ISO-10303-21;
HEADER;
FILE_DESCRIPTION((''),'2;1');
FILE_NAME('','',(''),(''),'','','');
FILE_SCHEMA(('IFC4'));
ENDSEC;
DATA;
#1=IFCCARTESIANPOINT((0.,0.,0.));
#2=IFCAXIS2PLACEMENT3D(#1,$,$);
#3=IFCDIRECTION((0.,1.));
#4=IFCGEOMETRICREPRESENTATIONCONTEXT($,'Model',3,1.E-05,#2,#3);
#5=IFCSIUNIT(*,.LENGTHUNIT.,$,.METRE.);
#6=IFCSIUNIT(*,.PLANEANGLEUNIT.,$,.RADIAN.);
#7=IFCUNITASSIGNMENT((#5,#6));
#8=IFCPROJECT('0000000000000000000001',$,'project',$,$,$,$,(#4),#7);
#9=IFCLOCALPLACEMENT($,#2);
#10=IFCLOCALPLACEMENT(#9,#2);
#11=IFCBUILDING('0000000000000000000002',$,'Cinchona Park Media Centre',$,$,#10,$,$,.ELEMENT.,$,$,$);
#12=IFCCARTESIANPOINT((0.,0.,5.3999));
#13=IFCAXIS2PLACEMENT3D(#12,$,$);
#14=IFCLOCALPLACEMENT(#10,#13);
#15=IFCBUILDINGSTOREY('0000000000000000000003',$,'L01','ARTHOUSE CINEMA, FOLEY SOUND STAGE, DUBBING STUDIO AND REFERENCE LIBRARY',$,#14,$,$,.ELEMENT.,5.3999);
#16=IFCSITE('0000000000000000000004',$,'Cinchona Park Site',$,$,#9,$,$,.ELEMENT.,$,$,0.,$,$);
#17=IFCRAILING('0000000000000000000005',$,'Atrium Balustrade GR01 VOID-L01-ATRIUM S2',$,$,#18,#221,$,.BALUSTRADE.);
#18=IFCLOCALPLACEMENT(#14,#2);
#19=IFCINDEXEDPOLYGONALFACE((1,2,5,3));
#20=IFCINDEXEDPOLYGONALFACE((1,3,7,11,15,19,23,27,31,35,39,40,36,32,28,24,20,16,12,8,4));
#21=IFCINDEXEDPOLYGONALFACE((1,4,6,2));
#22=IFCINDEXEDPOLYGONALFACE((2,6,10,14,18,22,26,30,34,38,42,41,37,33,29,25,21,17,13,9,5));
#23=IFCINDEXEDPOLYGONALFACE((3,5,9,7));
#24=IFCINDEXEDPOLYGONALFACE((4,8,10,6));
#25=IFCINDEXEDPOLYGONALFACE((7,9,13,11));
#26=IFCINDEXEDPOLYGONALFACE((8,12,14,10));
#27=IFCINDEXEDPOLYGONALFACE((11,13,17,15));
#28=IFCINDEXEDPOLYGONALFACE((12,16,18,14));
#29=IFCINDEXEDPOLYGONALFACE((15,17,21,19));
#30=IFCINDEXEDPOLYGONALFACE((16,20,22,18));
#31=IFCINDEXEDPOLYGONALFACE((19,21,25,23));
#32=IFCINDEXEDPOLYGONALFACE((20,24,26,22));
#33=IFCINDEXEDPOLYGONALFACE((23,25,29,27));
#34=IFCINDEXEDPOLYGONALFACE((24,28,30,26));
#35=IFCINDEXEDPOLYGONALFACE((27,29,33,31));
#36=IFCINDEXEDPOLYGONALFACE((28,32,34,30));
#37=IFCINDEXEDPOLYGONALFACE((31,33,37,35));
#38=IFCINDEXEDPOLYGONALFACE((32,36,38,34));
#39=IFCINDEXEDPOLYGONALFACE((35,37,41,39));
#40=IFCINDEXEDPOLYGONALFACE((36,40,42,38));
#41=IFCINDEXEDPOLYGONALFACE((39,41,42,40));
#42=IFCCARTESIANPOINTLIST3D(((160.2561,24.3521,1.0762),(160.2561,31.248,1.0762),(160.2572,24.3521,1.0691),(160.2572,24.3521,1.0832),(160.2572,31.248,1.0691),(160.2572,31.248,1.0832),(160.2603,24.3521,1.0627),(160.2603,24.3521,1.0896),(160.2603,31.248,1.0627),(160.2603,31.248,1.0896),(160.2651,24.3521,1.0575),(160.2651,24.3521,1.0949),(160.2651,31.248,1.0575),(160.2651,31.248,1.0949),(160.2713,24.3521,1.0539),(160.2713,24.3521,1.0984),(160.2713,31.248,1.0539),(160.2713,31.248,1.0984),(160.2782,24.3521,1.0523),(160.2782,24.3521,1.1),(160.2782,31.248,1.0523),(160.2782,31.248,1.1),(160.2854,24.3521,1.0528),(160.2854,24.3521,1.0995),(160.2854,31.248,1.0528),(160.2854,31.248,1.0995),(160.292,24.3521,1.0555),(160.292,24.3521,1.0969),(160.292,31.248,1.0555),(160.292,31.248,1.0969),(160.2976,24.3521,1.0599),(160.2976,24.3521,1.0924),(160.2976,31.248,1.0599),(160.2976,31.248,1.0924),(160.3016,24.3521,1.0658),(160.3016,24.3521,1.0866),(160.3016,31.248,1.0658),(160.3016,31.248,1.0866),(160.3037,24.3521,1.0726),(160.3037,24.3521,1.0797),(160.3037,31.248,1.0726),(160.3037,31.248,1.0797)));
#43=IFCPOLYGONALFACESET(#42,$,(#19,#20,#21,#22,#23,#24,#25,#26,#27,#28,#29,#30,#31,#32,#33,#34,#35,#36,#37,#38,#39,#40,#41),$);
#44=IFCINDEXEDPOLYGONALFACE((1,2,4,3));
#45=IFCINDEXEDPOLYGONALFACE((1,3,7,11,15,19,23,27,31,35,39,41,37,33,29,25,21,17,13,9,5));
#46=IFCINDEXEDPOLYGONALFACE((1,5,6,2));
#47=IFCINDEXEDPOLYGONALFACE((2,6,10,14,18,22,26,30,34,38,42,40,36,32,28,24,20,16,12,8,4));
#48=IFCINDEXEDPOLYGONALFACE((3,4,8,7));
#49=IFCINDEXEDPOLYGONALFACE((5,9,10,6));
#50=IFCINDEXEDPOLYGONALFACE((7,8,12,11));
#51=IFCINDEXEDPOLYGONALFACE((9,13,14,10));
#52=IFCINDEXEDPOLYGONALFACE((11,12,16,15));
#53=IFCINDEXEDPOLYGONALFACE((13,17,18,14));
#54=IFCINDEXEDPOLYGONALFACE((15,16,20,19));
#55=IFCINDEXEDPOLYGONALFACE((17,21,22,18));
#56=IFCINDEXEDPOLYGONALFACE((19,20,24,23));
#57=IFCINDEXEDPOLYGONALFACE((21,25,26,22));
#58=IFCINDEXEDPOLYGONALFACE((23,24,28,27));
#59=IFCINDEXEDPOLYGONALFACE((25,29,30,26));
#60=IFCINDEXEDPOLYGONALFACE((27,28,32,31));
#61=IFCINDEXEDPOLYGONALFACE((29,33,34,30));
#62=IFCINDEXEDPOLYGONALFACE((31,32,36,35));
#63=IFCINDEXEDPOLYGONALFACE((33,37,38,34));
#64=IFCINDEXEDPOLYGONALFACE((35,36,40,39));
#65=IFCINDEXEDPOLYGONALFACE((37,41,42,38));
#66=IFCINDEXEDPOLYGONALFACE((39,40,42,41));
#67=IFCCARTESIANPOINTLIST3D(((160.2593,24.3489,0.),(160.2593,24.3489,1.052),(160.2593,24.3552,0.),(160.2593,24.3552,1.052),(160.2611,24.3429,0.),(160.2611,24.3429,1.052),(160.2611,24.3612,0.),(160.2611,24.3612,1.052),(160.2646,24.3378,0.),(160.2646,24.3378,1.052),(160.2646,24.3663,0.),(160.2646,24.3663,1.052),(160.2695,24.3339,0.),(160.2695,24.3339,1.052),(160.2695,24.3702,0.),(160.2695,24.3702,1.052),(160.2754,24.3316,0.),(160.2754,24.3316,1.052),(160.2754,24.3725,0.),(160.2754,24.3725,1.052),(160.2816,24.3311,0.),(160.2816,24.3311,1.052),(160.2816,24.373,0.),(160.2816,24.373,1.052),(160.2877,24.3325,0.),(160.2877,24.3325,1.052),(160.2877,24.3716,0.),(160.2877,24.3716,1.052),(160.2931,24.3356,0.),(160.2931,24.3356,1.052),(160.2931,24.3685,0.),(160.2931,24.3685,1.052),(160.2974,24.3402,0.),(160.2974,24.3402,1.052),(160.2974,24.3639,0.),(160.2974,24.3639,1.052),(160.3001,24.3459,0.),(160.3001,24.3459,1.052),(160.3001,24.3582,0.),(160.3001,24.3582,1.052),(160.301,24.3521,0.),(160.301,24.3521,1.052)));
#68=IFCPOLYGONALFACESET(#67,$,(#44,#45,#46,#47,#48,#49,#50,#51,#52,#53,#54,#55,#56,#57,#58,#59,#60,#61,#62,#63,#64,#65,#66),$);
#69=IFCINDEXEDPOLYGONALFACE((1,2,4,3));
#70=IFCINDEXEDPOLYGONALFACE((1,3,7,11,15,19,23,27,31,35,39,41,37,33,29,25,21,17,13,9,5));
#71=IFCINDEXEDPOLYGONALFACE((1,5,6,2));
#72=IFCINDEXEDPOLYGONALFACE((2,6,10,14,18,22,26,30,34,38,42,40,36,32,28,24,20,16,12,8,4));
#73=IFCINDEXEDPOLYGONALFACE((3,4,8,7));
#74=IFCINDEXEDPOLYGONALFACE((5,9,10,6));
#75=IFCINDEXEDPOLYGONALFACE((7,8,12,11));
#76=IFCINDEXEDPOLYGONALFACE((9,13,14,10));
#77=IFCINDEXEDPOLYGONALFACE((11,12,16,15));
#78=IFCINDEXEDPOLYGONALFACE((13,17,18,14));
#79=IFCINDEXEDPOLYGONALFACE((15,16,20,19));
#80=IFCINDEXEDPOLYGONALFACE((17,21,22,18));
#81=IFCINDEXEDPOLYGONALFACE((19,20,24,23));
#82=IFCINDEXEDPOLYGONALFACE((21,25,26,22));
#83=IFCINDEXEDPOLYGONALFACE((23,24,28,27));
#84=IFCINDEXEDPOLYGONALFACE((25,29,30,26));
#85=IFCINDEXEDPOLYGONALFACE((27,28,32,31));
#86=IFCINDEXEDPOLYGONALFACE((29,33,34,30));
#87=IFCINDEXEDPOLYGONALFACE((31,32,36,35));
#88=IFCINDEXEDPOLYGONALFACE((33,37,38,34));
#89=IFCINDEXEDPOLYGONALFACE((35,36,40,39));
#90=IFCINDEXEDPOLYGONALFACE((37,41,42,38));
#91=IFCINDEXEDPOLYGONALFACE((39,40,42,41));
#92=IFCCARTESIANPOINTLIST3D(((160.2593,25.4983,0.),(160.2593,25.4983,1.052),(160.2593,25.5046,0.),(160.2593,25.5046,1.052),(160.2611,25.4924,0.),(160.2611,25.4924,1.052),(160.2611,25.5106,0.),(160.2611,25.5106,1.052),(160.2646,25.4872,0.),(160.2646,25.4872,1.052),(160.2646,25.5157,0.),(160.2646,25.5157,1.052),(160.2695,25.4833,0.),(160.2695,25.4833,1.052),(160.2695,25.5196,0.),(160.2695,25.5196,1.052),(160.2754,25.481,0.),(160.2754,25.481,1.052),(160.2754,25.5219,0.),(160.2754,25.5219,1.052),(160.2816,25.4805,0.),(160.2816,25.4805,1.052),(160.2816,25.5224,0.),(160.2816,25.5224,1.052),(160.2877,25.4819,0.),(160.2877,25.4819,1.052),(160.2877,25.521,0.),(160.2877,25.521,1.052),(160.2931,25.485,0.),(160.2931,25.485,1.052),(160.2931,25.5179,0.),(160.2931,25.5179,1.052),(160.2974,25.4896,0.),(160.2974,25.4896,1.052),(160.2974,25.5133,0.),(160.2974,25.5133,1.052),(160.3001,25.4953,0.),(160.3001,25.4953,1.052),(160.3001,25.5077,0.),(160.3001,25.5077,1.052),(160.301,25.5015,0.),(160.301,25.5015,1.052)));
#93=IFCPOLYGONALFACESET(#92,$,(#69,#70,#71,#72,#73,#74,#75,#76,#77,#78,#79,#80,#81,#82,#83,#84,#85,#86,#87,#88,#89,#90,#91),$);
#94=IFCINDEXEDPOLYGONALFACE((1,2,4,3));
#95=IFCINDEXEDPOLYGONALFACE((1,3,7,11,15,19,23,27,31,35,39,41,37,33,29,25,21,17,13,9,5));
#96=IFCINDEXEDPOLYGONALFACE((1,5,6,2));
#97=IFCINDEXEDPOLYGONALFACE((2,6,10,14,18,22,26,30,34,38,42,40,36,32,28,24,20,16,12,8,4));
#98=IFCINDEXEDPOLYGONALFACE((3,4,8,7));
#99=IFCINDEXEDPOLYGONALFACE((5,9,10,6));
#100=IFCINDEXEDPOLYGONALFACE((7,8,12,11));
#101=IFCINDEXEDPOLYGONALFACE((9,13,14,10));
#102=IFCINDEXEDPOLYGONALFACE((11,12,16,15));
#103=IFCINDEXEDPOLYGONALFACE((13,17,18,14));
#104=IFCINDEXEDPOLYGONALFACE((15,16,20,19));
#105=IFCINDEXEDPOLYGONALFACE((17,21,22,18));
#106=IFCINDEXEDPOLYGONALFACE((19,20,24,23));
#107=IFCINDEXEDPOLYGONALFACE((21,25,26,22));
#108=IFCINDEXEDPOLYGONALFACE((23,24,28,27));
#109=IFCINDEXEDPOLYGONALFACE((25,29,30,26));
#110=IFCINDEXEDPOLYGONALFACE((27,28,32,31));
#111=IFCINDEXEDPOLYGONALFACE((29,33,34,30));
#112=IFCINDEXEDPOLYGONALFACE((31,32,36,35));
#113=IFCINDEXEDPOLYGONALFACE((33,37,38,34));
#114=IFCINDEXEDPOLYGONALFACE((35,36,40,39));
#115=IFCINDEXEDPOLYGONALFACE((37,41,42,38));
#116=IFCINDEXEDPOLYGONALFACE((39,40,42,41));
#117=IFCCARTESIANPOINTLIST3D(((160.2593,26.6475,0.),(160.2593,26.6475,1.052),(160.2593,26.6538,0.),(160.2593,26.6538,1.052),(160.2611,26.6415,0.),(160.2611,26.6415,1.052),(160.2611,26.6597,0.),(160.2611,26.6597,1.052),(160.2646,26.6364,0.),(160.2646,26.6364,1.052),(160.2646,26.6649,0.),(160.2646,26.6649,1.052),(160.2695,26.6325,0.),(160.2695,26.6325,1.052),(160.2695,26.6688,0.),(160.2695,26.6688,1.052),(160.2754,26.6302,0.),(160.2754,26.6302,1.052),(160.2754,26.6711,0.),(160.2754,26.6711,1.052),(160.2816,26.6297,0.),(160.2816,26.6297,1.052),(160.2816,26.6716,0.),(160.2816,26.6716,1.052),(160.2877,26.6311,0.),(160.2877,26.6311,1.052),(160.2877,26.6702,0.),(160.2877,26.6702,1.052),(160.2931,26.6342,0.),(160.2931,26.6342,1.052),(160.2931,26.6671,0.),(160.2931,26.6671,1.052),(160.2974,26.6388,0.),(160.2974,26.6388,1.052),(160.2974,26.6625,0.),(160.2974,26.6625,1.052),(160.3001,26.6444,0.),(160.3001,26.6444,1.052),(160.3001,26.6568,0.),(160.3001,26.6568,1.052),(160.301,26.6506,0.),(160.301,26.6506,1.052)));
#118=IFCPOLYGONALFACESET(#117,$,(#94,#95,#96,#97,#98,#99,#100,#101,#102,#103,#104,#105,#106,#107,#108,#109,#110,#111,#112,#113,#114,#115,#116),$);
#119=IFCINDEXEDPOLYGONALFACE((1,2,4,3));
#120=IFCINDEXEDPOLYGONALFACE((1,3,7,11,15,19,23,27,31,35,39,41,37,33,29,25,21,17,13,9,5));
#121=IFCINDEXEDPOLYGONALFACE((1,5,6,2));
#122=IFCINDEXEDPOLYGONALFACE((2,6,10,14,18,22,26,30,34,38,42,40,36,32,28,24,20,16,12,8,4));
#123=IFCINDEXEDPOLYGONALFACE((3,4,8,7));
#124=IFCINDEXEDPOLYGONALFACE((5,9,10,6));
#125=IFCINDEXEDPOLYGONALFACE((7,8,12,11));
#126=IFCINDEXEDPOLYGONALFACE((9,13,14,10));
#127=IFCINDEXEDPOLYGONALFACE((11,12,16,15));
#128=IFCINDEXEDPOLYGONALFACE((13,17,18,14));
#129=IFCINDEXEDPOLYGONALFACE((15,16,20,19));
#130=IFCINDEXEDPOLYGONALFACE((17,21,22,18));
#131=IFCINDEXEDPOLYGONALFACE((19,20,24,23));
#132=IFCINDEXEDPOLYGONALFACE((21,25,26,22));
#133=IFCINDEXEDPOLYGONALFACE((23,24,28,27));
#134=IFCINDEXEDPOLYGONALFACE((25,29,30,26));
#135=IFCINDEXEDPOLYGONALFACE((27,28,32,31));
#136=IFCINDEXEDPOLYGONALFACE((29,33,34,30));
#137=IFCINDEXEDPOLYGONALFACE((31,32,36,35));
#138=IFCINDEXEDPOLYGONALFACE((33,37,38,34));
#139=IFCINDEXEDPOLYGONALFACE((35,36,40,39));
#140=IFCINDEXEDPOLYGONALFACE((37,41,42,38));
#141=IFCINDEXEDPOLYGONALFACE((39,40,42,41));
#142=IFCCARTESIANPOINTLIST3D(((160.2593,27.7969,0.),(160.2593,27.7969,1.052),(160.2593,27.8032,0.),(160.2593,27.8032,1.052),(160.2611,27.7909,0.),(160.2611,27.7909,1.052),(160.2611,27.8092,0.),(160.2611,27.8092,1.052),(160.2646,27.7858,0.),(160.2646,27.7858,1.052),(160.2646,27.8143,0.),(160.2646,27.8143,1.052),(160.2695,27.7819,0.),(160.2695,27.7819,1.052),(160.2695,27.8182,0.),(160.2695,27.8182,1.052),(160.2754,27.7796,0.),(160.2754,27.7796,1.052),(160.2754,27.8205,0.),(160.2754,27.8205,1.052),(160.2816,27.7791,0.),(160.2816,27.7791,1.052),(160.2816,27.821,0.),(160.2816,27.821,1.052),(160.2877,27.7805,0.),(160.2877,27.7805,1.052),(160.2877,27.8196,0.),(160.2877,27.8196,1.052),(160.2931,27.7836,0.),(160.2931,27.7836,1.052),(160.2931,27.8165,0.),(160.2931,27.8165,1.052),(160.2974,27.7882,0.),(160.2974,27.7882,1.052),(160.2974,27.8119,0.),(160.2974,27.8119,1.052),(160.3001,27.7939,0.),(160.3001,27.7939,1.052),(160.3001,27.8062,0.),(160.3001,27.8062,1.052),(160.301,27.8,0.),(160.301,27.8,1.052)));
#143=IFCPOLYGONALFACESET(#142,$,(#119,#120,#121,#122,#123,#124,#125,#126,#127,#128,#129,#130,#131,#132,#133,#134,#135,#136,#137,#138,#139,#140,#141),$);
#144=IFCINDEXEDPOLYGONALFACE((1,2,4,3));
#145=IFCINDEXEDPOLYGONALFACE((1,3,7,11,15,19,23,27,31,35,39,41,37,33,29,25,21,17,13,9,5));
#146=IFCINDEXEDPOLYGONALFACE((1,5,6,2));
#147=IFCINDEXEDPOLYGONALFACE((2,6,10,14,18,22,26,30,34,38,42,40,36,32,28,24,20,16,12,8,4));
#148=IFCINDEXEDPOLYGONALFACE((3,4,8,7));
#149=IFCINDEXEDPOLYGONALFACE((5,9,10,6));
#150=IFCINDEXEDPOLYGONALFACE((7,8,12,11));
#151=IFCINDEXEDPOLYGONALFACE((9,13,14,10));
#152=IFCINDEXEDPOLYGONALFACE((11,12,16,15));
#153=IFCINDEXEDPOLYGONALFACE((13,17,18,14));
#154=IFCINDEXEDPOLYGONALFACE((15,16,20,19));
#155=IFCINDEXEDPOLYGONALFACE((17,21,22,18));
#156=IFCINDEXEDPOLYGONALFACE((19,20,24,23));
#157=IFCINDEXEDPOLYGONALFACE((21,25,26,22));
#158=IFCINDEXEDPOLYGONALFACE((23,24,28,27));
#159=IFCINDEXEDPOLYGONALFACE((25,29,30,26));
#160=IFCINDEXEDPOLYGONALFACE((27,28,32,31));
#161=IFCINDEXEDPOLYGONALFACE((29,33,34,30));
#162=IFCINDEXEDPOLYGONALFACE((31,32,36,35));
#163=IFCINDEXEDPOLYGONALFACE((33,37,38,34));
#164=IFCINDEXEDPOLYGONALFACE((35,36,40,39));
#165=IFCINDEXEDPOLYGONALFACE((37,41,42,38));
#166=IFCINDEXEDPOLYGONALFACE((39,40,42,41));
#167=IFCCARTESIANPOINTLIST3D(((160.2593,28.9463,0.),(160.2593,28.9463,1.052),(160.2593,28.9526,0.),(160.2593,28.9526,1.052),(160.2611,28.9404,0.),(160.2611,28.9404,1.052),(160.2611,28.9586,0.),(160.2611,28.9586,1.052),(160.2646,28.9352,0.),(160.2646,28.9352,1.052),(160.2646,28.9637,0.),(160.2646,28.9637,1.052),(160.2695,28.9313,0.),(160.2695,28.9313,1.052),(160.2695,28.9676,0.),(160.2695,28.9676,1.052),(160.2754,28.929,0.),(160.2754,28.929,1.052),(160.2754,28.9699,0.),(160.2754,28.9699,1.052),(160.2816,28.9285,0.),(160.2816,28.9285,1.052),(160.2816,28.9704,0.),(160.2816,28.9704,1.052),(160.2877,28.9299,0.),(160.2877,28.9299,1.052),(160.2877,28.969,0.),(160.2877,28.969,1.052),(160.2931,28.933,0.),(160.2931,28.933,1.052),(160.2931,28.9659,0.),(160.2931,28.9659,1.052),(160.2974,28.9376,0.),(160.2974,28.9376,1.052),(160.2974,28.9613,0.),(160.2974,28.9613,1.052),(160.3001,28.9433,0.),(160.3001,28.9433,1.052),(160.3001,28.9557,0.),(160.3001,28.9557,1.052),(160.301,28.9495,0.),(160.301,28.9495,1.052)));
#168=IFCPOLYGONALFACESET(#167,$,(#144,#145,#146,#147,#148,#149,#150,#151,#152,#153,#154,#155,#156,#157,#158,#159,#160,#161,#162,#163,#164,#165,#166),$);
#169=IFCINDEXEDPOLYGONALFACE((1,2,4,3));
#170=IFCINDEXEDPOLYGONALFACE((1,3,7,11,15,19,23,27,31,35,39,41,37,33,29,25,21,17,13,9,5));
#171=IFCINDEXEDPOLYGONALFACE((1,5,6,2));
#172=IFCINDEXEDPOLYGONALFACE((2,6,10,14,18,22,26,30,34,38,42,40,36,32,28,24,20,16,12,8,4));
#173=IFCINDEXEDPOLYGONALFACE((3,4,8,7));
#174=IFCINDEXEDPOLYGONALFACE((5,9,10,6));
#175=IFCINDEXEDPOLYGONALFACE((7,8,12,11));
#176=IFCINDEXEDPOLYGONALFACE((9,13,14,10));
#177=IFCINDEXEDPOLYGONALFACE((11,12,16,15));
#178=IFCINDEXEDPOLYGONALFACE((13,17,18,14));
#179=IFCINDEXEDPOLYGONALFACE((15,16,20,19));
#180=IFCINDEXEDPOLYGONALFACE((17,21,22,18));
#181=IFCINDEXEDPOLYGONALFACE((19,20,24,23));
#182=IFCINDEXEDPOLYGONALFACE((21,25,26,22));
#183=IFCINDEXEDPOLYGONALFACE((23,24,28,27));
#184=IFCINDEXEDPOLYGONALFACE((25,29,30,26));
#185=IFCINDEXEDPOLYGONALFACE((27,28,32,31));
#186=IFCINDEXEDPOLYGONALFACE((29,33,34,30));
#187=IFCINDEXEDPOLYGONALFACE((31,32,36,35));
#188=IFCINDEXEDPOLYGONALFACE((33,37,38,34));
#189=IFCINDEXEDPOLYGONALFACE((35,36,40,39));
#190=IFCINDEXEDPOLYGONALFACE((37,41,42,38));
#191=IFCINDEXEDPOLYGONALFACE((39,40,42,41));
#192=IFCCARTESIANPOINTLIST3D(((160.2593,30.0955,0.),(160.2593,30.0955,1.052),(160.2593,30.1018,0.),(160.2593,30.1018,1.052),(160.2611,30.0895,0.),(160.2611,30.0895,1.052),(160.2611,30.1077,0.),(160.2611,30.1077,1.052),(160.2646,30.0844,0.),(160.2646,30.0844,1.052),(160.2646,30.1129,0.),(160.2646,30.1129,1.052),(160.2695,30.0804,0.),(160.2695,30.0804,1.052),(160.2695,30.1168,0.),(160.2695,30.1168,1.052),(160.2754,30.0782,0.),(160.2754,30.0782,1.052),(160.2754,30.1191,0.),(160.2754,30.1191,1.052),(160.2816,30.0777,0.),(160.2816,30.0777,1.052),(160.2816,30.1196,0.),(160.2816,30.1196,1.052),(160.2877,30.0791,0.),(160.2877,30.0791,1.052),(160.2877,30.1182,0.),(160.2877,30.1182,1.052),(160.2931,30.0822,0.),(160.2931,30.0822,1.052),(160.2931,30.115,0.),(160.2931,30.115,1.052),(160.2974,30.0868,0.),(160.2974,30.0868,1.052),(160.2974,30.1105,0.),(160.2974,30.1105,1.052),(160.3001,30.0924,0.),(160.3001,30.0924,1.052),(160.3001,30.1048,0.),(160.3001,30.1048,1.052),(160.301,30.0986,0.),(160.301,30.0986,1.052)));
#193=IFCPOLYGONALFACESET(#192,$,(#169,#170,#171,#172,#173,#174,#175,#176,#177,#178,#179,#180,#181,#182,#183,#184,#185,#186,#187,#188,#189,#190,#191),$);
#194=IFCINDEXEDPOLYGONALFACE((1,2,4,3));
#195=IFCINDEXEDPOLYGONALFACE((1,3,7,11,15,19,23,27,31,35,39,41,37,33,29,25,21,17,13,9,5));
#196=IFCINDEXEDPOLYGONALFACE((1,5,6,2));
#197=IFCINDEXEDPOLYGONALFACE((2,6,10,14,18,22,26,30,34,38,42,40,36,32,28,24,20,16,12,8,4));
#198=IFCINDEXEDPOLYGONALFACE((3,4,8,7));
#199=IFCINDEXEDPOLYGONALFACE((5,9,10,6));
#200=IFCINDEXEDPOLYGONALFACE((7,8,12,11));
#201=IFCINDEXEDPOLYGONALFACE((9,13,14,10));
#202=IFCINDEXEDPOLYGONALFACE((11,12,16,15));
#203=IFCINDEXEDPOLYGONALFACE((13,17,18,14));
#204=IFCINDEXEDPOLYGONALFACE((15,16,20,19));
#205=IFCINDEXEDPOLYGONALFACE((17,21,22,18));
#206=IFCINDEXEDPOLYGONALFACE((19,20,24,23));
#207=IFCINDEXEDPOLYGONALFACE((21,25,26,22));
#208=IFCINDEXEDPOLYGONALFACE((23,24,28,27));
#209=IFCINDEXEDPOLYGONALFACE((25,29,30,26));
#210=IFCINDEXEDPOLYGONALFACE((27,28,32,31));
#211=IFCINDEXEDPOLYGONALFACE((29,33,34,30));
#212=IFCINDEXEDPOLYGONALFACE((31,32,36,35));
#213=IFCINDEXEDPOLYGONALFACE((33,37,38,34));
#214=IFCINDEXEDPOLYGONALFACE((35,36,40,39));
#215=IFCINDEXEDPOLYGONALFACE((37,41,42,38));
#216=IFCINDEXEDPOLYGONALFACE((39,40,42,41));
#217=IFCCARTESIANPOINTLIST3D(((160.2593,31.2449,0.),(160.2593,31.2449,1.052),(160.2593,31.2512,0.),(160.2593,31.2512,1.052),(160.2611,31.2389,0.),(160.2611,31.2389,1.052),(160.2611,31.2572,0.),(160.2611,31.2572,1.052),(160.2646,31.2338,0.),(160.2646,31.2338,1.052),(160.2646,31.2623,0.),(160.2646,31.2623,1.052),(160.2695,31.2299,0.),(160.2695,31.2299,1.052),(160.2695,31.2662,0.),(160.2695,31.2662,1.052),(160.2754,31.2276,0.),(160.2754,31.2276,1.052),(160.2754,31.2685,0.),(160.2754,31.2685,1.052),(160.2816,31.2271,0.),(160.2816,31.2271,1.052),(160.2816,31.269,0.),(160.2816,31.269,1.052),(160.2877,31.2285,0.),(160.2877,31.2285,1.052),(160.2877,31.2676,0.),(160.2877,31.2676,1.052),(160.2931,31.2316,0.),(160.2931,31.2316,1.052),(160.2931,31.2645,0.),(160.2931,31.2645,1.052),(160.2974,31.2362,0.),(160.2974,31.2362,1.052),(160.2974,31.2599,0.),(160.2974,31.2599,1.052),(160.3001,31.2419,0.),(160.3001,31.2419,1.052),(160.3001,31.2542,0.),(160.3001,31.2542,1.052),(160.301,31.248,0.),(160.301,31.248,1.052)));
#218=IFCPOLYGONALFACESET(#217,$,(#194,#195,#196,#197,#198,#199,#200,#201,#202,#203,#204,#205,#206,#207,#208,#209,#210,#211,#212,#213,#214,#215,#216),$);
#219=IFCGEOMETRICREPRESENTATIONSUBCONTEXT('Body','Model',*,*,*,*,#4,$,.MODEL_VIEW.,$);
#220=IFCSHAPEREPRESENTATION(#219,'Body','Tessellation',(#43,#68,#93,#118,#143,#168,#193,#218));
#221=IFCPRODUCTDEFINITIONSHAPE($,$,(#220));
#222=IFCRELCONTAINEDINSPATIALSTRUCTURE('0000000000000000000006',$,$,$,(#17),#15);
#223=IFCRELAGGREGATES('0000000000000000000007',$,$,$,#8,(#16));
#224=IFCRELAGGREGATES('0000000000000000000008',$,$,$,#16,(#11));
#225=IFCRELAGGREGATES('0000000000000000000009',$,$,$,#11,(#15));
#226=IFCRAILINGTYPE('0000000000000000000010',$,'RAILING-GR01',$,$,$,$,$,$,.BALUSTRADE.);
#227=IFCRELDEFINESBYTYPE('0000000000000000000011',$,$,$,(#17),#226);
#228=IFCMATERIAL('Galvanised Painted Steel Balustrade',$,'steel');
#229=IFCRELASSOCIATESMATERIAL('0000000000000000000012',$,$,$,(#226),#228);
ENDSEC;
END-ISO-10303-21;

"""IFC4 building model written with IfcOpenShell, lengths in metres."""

from ifc_helpers import new_model, si_unit, direction, frame, origin, origin_2d, place, context, subcontext, project, spatial, circle, extrude, material, type_object, element, save


model = new_model("IFC4")

# Units and contexts
model_context = context("Model", 3, precision=1e-05, world=origin(), true_north=direction((0.0, 1.0)))
body_context = subcontext(model_context, "Body", "Model", "MODEL_VIEW")
ifc_project = project(units=[si_unit("LENGTHUNIT", "METRE"), si_unit("PLANEANGLEUNIT", "RADIAN")], contexts=[model_context])

# Site, building, storey
site_placement = place(None, origin())
site = spatial("IfcSite", under=ifc_project, at=site_placement, Name="Cinchona Park Site", CompositionType="ELEMENT", RefElevation=0.0)
building_placement = place(site_placement, origin())
building = spatial("IfcBuilding", under=site, at=building_placement, Name="Cinchona Park Media Centre", CompositionType="ELEMENT")
storey_placement = place(building_placement, frame((0.0, 0.0, 5.3999)))
storey = spatial("IfcBuildingStorey", under=building, at=storey_placement, Name="L01", Description="ARTHOUSE CINEMA, FOLEY SOUND STAGE, DUBBING STUDIO AND REFERENCE LIBRARY", CompositionType="ELEMENT", Elevation=5.3999)

# Railing
ifc_material_1 = material(Name="Galvanised Painted Steel Balustrade", Category="steel")
railing_type = type_object("IfcRailingType", Name="RAILING-GR01", PredefinedType="BALUSTRADE", material=ifc_material_1)
railing_1_placement = place(storey_placement, frame((160.28, 24.3521, 0.0)))
element("IfcRailing", 1, at=railing_1_placement, inside=storey, type_object=railing_type, Name="Atrium Balustrade GR01 VOID-L01-ATRIUM S2", PredefinedType="BALUSTRADE", context=body_context, shape_type="SweptSolid", body=[
    extrude(circle(Radius=0.0239, at=origin_2d()), frame((0.0, 0.0, 1.0762), z_axis=(0.0, 1.0, 0.0), x_axis=(-1.0, 0.0, 0.0)), (0.0, 0.0, 1.0), 6.896),
    extrude(circle(Radius=0.021, at=origin_2d()), origin(), (0.0, 0.0, 1.0), 1.052),
    extrude(circle(Radius=0.021, at=origin_2d()), frame((0.0, 1.1494, 0.0)), (0.0, 0.0, 1.0), 1.052),
    extrude(circle(Radius=0.021, at=origin_2d()), frame((0.0, 2.2986, 0.0)), (0.0, 0.0, 1.0), 1.052),
    extrude(circle(Radius=0.021, at=origin_2d()), frame((0.0, 3.448, 0.0)), (0.0, 0.0, 1.0), 1.052),
    extrude(circle(Radius=0.021, at=origin_2d()), frame((0.0, 4.5974, 0.0)), (0.0, 0.0, 1.0), 1.052),
    extrude(circle(Radius=0.021, at=origin_2d()), frame((0.0, 5.7466, 0.0)), (0.0, 0.0, 1.0), 1.052),
    extrude(circle(Radius=0.021, at=origin_2d()), frame((0.0, 6.896, 0.0)), (0.0, 0.0, 1.0), 1.052),
])

save(model, "model.ifc")
